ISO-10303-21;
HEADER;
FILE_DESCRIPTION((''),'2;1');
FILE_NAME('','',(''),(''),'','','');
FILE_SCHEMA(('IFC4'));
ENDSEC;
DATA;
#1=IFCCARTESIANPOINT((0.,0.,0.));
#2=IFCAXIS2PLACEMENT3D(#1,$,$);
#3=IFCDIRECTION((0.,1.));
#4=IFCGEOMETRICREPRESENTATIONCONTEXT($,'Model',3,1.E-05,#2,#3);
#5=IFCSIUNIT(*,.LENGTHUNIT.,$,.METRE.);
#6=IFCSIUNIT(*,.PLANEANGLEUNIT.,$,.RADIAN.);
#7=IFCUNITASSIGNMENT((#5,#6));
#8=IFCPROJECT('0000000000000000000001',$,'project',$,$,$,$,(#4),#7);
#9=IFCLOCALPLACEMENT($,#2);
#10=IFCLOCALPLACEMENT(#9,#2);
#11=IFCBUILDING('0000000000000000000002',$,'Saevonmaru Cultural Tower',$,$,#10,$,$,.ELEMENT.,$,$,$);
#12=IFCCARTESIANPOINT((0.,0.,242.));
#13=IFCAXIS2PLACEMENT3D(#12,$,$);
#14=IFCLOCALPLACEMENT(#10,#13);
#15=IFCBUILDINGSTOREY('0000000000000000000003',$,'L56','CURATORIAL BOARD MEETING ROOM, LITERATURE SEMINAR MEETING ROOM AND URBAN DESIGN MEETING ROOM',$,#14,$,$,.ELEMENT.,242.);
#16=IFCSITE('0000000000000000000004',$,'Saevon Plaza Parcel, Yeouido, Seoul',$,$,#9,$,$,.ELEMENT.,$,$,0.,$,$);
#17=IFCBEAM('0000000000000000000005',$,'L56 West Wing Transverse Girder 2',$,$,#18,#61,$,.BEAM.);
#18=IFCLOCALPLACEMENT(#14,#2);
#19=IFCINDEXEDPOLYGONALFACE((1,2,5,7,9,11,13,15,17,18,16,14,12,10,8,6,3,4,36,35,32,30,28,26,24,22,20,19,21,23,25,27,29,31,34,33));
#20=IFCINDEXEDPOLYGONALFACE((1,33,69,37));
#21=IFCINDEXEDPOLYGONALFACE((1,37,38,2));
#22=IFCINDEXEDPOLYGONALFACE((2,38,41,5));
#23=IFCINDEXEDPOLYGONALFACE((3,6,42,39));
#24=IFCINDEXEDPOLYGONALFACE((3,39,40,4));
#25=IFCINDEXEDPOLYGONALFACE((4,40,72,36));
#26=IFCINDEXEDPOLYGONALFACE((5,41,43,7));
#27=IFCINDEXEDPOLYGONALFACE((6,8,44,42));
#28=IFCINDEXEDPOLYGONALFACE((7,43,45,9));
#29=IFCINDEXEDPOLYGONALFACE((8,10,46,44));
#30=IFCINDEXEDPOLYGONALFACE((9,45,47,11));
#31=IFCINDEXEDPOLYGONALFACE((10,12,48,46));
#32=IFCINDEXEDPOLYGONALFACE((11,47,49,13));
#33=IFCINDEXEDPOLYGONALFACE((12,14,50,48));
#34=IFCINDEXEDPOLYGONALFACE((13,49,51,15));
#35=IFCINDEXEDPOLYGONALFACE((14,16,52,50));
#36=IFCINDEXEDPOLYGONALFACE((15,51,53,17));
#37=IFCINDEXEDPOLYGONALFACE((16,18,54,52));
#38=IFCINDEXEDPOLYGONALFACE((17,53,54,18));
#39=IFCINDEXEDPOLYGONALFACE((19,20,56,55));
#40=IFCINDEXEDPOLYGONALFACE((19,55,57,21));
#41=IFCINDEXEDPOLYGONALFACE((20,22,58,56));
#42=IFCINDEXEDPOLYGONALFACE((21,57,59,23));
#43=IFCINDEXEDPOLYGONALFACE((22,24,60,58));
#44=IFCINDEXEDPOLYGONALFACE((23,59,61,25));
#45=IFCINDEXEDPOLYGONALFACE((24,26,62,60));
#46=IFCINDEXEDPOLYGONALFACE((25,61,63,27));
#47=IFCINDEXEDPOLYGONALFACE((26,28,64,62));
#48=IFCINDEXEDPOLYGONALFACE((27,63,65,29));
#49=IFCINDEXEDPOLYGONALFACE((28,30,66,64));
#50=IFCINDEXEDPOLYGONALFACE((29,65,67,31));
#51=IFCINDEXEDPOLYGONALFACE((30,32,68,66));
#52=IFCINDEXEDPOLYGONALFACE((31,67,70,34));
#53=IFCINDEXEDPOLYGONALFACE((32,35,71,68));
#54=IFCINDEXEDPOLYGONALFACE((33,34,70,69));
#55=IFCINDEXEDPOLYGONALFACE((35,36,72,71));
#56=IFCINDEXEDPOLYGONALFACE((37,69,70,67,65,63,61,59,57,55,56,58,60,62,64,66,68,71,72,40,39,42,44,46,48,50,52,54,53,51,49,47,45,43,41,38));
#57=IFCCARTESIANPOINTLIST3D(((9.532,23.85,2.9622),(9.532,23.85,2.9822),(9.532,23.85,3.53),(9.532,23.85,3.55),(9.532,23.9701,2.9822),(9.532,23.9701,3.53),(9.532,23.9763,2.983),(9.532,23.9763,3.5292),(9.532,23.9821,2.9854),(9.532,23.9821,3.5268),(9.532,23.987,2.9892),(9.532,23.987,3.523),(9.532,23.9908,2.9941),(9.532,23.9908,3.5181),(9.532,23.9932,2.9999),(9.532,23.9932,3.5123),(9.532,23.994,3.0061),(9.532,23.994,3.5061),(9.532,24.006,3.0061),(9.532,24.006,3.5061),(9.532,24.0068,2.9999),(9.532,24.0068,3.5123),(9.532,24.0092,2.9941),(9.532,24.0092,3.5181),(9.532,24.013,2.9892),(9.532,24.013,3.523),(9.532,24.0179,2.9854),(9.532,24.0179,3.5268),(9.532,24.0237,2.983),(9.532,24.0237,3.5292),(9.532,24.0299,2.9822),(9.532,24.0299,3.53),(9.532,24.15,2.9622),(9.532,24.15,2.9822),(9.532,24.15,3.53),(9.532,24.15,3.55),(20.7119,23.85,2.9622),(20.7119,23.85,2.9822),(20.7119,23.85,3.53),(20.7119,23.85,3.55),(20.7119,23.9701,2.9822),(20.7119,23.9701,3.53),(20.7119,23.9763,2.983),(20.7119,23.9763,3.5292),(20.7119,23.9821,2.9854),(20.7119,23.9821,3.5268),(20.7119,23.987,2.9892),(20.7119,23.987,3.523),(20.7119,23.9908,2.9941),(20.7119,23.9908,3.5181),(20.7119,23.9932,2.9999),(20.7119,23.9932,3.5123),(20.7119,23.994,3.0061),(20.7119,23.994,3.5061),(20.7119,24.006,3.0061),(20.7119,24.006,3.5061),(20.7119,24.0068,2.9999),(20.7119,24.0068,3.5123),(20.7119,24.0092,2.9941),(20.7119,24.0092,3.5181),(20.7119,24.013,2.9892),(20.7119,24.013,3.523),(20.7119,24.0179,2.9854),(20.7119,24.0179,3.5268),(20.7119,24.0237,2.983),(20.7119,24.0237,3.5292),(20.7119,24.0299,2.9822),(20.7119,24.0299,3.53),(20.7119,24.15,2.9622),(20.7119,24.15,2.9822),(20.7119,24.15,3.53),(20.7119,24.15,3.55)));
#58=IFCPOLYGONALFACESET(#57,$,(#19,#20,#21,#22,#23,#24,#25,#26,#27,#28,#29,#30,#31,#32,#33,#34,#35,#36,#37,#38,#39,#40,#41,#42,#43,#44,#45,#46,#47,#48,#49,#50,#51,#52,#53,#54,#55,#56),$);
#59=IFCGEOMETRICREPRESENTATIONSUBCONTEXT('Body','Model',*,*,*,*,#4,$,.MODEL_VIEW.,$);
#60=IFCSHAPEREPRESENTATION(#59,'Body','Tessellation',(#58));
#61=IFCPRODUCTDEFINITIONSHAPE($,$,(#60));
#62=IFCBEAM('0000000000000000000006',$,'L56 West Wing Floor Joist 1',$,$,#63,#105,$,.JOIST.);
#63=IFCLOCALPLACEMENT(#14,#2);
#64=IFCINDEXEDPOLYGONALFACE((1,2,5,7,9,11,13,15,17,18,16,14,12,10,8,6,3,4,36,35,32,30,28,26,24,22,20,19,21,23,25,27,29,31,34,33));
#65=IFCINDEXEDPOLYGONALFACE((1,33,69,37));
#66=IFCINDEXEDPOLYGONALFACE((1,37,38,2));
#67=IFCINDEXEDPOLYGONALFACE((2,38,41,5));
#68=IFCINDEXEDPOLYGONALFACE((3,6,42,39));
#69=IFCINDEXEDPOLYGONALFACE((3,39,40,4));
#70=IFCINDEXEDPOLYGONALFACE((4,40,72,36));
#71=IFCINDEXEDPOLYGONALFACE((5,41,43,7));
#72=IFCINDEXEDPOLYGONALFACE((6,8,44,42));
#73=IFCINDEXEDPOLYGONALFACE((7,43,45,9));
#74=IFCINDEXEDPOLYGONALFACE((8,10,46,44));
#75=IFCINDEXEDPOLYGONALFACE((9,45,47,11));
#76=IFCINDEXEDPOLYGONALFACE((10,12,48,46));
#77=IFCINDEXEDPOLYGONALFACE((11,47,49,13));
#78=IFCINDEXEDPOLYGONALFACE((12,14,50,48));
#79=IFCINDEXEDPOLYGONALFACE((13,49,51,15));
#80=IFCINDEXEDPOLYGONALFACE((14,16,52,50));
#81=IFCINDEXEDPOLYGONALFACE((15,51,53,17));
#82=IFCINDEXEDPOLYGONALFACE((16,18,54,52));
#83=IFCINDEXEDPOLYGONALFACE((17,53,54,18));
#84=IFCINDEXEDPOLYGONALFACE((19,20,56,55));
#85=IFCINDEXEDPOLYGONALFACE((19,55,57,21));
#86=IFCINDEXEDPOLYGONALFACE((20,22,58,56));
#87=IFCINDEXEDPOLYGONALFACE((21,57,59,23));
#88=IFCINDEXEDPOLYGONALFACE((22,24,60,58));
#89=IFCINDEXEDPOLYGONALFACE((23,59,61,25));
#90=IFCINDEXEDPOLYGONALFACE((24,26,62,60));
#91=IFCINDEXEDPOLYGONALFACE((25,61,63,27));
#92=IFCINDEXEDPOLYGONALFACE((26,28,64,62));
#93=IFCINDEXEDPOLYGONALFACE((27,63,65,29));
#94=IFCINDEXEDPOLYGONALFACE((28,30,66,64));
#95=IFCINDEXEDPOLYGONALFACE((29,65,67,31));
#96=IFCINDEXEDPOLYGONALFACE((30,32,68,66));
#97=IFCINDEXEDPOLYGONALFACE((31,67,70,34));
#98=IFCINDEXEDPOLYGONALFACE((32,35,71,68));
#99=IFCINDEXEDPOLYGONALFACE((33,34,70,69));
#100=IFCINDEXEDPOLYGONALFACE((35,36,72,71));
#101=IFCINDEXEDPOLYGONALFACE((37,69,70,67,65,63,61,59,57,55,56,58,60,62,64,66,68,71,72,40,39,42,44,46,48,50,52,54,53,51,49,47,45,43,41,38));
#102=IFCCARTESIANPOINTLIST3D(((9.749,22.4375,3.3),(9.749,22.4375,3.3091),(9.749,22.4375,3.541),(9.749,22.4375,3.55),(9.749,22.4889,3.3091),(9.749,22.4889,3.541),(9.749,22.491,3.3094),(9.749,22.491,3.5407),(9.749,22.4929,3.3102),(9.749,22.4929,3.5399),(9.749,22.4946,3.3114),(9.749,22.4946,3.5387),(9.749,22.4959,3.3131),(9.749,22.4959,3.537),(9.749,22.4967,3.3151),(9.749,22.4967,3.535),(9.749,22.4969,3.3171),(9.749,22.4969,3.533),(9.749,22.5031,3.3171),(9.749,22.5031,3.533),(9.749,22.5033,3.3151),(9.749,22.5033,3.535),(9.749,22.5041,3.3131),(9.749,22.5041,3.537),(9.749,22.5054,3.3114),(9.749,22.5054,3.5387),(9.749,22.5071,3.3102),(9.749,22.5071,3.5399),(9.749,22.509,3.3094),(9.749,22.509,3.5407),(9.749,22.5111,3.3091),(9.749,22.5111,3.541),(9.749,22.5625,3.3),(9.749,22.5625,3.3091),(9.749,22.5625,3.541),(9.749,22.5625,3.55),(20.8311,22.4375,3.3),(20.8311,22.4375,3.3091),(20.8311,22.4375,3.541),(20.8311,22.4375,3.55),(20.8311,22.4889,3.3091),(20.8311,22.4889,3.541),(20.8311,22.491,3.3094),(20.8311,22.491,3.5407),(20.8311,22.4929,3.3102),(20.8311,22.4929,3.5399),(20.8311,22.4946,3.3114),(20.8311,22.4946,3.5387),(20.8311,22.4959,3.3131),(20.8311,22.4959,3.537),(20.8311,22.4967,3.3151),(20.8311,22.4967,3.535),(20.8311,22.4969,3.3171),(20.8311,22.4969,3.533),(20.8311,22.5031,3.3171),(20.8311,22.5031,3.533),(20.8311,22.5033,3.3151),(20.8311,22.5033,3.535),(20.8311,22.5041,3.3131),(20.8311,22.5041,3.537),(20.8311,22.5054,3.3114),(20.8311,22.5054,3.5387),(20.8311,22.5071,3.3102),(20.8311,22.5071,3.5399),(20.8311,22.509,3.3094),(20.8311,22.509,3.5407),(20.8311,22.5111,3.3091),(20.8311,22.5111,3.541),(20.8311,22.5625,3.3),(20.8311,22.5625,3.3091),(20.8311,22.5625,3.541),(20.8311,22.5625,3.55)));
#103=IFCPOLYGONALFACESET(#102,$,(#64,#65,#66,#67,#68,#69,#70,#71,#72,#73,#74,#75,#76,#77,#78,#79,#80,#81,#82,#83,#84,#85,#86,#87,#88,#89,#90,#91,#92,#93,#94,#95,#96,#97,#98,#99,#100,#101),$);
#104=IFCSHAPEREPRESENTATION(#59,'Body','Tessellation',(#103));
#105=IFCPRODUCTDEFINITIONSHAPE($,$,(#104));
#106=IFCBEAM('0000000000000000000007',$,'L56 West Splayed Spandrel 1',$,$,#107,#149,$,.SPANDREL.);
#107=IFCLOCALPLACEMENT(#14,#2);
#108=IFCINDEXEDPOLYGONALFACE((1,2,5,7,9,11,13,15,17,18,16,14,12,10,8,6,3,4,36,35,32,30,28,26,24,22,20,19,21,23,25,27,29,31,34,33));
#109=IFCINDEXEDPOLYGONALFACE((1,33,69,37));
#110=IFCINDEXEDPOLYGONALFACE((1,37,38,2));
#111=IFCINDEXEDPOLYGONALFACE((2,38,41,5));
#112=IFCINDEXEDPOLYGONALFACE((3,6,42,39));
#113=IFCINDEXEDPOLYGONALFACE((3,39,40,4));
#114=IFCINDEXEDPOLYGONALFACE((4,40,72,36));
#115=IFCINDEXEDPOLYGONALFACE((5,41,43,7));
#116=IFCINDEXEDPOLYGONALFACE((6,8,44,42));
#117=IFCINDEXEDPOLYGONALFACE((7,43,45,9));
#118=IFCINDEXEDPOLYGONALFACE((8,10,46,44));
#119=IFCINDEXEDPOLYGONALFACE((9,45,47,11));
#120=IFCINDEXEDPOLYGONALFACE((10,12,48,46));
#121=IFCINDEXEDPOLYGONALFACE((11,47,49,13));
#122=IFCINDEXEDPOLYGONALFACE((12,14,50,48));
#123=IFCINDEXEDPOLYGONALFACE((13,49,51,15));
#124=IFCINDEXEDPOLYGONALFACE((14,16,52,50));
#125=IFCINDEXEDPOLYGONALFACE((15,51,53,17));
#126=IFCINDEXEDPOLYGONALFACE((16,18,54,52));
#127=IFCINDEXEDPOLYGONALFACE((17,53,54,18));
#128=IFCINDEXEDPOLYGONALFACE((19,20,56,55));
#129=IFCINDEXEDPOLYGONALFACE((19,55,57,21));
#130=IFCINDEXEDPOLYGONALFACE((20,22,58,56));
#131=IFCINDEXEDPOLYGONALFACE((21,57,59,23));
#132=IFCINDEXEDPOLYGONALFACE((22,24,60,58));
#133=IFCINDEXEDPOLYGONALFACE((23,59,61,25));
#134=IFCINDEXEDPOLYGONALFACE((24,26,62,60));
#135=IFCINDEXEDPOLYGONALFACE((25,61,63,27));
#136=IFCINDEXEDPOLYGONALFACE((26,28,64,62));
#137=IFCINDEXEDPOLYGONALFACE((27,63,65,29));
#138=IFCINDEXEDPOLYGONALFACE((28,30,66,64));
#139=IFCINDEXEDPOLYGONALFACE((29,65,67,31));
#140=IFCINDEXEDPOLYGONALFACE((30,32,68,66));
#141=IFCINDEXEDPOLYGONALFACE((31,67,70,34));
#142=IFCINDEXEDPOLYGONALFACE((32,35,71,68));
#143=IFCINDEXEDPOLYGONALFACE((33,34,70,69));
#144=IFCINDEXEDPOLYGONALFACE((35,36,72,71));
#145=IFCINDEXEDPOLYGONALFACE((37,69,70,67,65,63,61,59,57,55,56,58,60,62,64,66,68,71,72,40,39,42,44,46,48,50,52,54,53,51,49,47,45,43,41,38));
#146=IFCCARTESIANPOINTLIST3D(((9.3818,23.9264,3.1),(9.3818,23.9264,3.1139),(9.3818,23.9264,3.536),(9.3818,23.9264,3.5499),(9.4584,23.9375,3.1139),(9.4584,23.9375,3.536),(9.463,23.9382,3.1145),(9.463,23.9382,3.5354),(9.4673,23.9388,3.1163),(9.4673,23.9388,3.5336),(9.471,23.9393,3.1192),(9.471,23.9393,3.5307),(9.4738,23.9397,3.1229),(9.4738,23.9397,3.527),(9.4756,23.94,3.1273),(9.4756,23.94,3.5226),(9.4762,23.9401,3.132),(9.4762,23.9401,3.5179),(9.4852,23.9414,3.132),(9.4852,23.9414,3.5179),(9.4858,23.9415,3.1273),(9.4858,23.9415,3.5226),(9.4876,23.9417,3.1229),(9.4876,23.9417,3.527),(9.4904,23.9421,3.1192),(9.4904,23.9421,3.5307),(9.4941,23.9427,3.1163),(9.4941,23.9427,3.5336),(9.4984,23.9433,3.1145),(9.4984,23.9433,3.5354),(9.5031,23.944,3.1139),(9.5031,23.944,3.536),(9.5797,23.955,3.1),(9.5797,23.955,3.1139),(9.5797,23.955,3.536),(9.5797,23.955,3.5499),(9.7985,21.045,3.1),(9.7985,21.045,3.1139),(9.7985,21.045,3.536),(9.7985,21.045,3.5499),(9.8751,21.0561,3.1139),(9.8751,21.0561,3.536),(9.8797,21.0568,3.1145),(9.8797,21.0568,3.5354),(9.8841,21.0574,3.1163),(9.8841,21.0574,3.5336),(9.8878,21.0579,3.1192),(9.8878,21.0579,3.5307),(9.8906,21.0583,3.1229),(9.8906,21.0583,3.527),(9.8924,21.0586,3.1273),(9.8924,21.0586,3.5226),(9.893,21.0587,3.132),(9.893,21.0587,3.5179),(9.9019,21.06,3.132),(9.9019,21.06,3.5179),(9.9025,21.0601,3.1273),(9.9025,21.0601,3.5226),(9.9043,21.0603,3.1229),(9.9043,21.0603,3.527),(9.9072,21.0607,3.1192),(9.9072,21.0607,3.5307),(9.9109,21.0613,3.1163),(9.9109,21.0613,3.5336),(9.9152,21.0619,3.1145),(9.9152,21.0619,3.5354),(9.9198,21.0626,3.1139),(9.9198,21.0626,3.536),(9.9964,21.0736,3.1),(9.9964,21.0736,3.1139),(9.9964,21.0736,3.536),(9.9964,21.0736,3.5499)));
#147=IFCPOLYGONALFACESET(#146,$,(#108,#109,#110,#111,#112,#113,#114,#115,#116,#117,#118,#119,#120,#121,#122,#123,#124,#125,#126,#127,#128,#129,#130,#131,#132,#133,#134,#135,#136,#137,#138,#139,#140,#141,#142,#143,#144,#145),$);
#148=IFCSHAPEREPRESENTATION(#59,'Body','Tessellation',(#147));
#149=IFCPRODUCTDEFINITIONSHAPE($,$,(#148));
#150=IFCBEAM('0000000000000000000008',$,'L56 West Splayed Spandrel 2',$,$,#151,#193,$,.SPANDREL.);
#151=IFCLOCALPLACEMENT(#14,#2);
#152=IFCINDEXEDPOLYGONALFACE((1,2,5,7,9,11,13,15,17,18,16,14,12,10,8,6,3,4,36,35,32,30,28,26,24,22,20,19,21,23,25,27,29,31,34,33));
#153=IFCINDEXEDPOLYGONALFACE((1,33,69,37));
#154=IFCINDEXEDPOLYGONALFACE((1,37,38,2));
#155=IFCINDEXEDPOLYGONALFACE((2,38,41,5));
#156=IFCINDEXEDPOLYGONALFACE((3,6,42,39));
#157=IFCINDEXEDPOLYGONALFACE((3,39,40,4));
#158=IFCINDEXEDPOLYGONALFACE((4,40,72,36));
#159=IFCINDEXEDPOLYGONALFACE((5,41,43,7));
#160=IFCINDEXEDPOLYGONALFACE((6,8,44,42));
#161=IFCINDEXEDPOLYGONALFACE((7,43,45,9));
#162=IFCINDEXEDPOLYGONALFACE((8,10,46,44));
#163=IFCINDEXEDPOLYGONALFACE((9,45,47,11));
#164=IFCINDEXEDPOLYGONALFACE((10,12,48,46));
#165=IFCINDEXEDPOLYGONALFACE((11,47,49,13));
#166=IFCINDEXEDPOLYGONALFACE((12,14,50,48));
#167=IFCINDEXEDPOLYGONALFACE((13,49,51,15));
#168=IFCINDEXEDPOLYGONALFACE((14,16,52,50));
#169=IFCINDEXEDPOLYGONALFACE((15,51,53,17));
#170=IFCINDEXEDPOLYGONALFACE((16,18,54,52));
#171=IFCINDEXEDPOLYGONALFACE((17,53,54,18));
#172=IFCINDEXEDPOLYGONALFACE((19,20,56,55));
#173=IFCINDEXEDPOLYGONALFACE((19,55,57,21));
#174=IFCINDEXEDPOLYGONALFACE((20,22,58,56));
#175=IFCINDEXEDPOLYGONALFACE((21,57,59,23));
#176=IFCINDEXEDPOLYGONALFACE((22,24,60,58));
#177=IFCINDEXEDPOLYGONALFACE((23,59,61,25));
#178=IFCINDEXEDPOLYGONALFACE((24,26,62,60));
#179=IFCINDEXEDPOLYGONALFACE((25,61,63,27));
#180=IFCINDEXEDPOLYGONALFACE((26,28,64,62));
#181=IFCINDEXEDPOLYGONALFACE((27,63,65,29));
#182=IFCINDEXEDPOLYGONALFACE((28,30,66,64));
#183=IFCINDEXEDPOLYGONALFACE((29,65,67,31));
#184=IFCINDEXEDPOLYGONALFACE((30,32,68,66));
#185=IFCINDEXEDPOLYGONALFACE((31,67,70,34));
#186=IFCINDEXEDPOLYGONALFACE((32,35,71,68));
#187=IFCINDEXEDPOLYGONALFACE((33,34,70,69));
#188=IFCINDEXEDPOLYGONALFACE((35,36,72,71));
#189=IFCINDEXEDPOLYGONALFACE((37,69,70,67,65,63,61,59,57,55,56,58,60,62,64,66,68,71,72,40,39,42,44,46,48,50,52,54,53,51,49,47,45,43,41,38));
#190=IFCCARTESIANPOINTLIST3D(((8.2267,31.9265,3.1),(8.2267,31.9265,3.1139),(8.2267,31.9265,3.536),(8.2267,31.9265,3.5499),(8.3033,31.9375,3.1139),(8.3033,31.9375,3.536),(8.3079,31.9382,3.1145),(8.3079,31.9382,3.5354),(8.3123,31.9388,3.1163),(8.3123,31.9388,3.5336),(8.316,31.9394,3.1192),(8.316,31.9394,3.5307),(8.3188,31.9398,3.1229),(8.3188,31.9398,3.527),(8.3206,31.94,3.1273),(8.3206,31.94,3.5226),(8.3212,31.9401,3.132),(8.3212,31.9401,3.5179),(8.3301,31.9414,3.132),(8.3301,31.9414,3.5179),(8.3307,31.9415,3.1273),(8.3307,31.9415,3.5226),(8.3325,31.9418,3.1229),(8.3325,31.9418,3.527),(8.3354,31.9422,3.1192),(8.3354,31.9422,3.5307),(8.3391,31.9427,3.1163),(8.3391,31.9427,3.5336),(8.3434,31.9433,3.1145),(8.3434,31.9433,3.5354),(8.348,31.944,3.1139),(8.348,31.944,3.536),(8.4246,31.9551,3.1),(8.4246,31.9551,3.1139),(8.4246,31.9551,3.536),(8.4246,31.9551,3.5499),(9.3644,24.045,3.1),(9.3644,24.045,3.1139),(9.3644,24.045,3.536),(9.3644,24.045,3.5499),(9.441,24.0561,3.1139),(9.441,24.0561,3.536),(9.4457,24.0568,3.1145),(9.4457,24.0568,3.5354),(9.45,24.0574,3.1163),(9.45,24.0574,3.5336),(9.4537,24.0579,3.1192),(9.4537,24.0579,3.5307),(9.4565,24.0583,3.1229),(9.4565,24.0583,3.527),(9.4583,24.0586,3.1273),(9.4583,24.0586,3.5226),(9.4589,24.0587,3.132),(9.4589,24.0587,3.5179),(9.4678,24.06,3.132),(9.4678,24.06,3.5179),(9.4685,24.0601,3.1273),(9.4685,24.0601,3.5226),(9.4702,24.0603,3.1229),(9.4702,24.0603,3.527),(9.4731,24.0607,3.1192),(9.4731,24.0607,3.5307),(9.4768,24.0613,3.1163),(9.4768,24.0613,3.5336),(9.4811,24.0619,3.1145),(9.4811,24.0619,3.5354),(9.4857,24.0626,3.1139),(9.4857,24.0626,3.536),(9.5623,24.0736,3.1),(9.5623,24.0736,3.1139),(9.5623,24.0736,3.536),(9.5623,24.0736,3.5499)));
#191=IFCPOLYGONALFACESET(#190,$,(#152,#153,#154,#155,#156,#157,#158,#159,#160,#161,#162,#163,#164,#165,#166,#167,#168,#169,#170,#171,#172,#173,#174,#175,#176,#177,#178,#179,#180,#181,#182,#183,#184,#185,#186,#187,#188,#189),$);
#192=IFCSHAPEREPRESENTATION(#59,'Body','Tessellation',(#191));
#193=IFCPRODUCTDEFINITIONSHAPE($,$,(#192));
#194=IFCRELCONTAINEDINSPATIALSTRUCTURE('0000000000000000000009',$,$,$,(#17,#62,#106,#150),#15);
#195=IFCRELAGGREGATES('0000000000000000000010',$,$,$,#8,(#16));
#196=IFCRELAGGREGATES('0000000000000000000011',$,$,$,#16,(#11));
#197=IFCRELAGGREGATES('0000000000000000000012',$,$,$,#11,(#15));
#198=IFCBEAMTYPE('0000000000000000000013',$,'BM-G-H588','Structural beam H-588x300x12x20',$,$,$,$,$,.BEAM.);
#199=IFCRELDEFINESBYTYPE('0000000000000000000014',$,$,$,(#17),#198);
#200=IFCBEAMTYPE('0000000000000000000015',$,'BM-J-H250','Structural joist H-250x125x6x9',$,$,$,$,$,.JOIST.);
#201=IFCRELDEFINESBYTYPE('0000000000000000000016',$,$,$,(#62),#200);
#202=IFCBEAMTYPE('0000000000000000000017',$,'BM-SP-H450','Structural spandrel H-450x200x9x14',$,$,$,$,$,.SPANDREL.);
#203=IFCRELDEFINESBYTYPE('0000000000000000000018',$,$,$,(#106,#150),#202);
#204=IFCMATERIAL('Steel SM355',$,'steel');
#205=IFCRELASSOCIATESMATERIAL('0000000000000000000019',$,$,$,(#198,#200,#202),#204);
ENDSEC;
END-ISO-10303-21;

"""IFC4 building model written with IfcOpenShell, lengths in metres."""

from ifc_helpers import new_model, si_unit, direction, frame, origin, origin_2d, place, context, subcontext, project, spatial, i_section, extrude, material, material_profile, profile_set, type_object, element, save


model = new_model("IFC4")

# Units and contexts
model_context = context("Model", 3, precision=1e-05, world=origin(), true_north=direction((0.0, 1.0)))
body_context = subcontext(model_context, "Body", "Model", "MODEL_VIEW")
ifc_project = project(units=[si_unit("LENGTHUNIT", "METRE"), si_unit("PLANEANGLEUNIT", "RADIAN")], contexts=[model_context])

# Site, building, storey
site_placement = place(None, origin())
site = spatial("IfcSite", under=ifc_project, at=site_placement, Name="Saevon Plaza Parcel, Yeouido, Seoul", CompositionType="ELEMENT", RefElevation=0.0)
building_placement = place(site_placement, origin())
building = spatial("IfcBuilding", under=site, at=building_placement, Name="Saevonmaru Cultural Tower", CompositionType="ELEMENT")
storey_placement = place(building_placement, frame((0.0, 0.0, 242.0)))
storey = spatial("IfcBuildingStorey", under=building, at=storey_placement, Name="L56", Description="CURATORIAL BOARD MEETING ROOM, LITERATURE SEMINAR MEETING ROOM AND URBAN DESIGN MEETING ROOM", CompositionType="ELEMENT", Elevation=242.0)

# Shared definitions
ifc_material_1 = material(Name="Steel SM355", Category="steel")

# Beams
ifc_material_profile_1 = material_profile(ifc_material_1, i_section(OverallWidth=0.3, OverallDepth=0.5879, WebThickness=0.012, FlangeThickness=0.02, FilletRadius=0.0239, at=origin_2d()), Name="H-588x300x12x20")
ifc_profile_set_1 = profile_set([ifc_material_profile_1], Name="Steel SM355")
beam_type_1 = type_object("IfcBeamType", Name="BM-G-H588", Description="Structural beam H-588x300x12x20", PredefinedType="BEAM", material=ifc_profile_set_1)
for number, where, z_axis, x_axis, name in (
    (1, (9.532, 24.0, 3.2561), (1.0, 0.0, 0.0), (0.0, 1.0, 0.0), "L56 West Wing Transverse Girder 2"),
):
    element("IfcBeam", number, at=place(storey_placement, frame(where, z_axis=z_axis, x_axis=x_axis)), inside=storey, type_object=beam_type_1, Name=name, PredefinedType="BEAM", context=body_context, shape_type="SweptSolid", body=[
        extrude(i_section(OverallWidth=0.3, OverallDepth=0.5879, WebThickness=0.012, FlangeThickness=0.02, FilletRadius=0.0239, at=origin_2d()), origin(), (0.0, 0.0, 1.0), 11.1799),
    ])
ifc_material_profile_2 = material_profile(ifc_material_1, i_section(OverallWidth=0.125, OverallDepth=0.25, WebThickness=0.0061, FlangeThickness=0.009, FilletRadius=0.0081, at=origin_2d()), Name="H-250x125x6x9")
ifc_profile_set_2 = profile_set([ifc_material_profile_2], Name="Steel SM355")
beam_type_2 = type_object("IfcBeamType", Name="BM-J-H250", Description="Structural joist H-250x125x6x9", PredefinedType="JOIST", material=ifc_profile_set_2)
beam_1_placement = place(storey_placement, frame((9.749, 22.5, 3.425), z_axis=(1.0, 0.0, 0.0), x_axis=(0.0, 1.0, 0.0)))
element("IfcBeam", 2, at=beam_1_placement, inside=storey, type_object=beam_type_2, Name="L56 West Wing Floor Joist 1", PredefinedType="JOIST", context=body_context, shape_type="SweptSolid", body=[
    extrude(i_section(OverallWidth=0.125, OverallDepth=0.25, WebThickness=0.0061, FlangeThickness=0.009, FilletRadius=0.0081, at=origin_2d()), origin(), (0.0, 0.0, 1.0), 11.082),
])
ifc_material_profile_3 = material_profile(ifc_material_1, i_section(OverallWidth=0.2, OverallDepth=0.45, WebThickness=0.009, FlangeThickness=0.0139, FilletRadius=0.0181, at=origin_2d()), Name="H-450x200x9x14")
ifc_profile_set_3 = profile_set([ifc_material_profile_3], Name="Steel SM355")
beam_type_3 = type_object("IfcBeamType", Name="BM-SP-H450", Description="Structural spandrel H-450x200x9x14", PredefinedType="SPANDREL", material=ifc_profile_set_3)
beam_2_placement = place(storey_placement, frame((9.8975, 21.0593, 3.325), z_axis=(-0.143147, 0.989701, 0.0), x_axis=(-0.989701, -0.143147, 0.0)))
element("IfcBeam", 3, at=beam_2_placement, inside=storey, type_object=beam_type_3, Name="L56 West Splayed Spandrel 1", PredefinedType="SPANDREL", context=body_context, shape_type="SweptSolid", body=[
    extrude(i_section(OverallWidth=0.2, OverallDepth=0.45, WebThickness=0.009, FlangeThickness=0.0139, FilletRadius=0.0181, at=origin_2d()), origin(), (0.0, 0.0, 1.0), 2.9114),
])
beam_3_placement = place(storey_placement, frame((9.4634, 24.0593, 3.325), z_axis=(-0.142872, 0.989741, 0.0), x_axis=(-0.989741, -0.142872, 0.0)))
element("IfcBeam", 4, at=beam_3_placement, inside=storey, type_object=beam_type_3, Name="L56 West Splayed Spandrel 2", PredefinedType="SPANDREL", context=body_context, shape_type="SweptSolid", body=[
    extrude(i_section(OverallWidth=0.2, OverallDepth=0.45, WebThickness=0.009, FlangeThickness=0.0139, FilletRadius=0.0181, at=origin_2d()), origin(), (0.0, 0.0, 1.0), 7.9631),
])

save(model, "model.ifc")
